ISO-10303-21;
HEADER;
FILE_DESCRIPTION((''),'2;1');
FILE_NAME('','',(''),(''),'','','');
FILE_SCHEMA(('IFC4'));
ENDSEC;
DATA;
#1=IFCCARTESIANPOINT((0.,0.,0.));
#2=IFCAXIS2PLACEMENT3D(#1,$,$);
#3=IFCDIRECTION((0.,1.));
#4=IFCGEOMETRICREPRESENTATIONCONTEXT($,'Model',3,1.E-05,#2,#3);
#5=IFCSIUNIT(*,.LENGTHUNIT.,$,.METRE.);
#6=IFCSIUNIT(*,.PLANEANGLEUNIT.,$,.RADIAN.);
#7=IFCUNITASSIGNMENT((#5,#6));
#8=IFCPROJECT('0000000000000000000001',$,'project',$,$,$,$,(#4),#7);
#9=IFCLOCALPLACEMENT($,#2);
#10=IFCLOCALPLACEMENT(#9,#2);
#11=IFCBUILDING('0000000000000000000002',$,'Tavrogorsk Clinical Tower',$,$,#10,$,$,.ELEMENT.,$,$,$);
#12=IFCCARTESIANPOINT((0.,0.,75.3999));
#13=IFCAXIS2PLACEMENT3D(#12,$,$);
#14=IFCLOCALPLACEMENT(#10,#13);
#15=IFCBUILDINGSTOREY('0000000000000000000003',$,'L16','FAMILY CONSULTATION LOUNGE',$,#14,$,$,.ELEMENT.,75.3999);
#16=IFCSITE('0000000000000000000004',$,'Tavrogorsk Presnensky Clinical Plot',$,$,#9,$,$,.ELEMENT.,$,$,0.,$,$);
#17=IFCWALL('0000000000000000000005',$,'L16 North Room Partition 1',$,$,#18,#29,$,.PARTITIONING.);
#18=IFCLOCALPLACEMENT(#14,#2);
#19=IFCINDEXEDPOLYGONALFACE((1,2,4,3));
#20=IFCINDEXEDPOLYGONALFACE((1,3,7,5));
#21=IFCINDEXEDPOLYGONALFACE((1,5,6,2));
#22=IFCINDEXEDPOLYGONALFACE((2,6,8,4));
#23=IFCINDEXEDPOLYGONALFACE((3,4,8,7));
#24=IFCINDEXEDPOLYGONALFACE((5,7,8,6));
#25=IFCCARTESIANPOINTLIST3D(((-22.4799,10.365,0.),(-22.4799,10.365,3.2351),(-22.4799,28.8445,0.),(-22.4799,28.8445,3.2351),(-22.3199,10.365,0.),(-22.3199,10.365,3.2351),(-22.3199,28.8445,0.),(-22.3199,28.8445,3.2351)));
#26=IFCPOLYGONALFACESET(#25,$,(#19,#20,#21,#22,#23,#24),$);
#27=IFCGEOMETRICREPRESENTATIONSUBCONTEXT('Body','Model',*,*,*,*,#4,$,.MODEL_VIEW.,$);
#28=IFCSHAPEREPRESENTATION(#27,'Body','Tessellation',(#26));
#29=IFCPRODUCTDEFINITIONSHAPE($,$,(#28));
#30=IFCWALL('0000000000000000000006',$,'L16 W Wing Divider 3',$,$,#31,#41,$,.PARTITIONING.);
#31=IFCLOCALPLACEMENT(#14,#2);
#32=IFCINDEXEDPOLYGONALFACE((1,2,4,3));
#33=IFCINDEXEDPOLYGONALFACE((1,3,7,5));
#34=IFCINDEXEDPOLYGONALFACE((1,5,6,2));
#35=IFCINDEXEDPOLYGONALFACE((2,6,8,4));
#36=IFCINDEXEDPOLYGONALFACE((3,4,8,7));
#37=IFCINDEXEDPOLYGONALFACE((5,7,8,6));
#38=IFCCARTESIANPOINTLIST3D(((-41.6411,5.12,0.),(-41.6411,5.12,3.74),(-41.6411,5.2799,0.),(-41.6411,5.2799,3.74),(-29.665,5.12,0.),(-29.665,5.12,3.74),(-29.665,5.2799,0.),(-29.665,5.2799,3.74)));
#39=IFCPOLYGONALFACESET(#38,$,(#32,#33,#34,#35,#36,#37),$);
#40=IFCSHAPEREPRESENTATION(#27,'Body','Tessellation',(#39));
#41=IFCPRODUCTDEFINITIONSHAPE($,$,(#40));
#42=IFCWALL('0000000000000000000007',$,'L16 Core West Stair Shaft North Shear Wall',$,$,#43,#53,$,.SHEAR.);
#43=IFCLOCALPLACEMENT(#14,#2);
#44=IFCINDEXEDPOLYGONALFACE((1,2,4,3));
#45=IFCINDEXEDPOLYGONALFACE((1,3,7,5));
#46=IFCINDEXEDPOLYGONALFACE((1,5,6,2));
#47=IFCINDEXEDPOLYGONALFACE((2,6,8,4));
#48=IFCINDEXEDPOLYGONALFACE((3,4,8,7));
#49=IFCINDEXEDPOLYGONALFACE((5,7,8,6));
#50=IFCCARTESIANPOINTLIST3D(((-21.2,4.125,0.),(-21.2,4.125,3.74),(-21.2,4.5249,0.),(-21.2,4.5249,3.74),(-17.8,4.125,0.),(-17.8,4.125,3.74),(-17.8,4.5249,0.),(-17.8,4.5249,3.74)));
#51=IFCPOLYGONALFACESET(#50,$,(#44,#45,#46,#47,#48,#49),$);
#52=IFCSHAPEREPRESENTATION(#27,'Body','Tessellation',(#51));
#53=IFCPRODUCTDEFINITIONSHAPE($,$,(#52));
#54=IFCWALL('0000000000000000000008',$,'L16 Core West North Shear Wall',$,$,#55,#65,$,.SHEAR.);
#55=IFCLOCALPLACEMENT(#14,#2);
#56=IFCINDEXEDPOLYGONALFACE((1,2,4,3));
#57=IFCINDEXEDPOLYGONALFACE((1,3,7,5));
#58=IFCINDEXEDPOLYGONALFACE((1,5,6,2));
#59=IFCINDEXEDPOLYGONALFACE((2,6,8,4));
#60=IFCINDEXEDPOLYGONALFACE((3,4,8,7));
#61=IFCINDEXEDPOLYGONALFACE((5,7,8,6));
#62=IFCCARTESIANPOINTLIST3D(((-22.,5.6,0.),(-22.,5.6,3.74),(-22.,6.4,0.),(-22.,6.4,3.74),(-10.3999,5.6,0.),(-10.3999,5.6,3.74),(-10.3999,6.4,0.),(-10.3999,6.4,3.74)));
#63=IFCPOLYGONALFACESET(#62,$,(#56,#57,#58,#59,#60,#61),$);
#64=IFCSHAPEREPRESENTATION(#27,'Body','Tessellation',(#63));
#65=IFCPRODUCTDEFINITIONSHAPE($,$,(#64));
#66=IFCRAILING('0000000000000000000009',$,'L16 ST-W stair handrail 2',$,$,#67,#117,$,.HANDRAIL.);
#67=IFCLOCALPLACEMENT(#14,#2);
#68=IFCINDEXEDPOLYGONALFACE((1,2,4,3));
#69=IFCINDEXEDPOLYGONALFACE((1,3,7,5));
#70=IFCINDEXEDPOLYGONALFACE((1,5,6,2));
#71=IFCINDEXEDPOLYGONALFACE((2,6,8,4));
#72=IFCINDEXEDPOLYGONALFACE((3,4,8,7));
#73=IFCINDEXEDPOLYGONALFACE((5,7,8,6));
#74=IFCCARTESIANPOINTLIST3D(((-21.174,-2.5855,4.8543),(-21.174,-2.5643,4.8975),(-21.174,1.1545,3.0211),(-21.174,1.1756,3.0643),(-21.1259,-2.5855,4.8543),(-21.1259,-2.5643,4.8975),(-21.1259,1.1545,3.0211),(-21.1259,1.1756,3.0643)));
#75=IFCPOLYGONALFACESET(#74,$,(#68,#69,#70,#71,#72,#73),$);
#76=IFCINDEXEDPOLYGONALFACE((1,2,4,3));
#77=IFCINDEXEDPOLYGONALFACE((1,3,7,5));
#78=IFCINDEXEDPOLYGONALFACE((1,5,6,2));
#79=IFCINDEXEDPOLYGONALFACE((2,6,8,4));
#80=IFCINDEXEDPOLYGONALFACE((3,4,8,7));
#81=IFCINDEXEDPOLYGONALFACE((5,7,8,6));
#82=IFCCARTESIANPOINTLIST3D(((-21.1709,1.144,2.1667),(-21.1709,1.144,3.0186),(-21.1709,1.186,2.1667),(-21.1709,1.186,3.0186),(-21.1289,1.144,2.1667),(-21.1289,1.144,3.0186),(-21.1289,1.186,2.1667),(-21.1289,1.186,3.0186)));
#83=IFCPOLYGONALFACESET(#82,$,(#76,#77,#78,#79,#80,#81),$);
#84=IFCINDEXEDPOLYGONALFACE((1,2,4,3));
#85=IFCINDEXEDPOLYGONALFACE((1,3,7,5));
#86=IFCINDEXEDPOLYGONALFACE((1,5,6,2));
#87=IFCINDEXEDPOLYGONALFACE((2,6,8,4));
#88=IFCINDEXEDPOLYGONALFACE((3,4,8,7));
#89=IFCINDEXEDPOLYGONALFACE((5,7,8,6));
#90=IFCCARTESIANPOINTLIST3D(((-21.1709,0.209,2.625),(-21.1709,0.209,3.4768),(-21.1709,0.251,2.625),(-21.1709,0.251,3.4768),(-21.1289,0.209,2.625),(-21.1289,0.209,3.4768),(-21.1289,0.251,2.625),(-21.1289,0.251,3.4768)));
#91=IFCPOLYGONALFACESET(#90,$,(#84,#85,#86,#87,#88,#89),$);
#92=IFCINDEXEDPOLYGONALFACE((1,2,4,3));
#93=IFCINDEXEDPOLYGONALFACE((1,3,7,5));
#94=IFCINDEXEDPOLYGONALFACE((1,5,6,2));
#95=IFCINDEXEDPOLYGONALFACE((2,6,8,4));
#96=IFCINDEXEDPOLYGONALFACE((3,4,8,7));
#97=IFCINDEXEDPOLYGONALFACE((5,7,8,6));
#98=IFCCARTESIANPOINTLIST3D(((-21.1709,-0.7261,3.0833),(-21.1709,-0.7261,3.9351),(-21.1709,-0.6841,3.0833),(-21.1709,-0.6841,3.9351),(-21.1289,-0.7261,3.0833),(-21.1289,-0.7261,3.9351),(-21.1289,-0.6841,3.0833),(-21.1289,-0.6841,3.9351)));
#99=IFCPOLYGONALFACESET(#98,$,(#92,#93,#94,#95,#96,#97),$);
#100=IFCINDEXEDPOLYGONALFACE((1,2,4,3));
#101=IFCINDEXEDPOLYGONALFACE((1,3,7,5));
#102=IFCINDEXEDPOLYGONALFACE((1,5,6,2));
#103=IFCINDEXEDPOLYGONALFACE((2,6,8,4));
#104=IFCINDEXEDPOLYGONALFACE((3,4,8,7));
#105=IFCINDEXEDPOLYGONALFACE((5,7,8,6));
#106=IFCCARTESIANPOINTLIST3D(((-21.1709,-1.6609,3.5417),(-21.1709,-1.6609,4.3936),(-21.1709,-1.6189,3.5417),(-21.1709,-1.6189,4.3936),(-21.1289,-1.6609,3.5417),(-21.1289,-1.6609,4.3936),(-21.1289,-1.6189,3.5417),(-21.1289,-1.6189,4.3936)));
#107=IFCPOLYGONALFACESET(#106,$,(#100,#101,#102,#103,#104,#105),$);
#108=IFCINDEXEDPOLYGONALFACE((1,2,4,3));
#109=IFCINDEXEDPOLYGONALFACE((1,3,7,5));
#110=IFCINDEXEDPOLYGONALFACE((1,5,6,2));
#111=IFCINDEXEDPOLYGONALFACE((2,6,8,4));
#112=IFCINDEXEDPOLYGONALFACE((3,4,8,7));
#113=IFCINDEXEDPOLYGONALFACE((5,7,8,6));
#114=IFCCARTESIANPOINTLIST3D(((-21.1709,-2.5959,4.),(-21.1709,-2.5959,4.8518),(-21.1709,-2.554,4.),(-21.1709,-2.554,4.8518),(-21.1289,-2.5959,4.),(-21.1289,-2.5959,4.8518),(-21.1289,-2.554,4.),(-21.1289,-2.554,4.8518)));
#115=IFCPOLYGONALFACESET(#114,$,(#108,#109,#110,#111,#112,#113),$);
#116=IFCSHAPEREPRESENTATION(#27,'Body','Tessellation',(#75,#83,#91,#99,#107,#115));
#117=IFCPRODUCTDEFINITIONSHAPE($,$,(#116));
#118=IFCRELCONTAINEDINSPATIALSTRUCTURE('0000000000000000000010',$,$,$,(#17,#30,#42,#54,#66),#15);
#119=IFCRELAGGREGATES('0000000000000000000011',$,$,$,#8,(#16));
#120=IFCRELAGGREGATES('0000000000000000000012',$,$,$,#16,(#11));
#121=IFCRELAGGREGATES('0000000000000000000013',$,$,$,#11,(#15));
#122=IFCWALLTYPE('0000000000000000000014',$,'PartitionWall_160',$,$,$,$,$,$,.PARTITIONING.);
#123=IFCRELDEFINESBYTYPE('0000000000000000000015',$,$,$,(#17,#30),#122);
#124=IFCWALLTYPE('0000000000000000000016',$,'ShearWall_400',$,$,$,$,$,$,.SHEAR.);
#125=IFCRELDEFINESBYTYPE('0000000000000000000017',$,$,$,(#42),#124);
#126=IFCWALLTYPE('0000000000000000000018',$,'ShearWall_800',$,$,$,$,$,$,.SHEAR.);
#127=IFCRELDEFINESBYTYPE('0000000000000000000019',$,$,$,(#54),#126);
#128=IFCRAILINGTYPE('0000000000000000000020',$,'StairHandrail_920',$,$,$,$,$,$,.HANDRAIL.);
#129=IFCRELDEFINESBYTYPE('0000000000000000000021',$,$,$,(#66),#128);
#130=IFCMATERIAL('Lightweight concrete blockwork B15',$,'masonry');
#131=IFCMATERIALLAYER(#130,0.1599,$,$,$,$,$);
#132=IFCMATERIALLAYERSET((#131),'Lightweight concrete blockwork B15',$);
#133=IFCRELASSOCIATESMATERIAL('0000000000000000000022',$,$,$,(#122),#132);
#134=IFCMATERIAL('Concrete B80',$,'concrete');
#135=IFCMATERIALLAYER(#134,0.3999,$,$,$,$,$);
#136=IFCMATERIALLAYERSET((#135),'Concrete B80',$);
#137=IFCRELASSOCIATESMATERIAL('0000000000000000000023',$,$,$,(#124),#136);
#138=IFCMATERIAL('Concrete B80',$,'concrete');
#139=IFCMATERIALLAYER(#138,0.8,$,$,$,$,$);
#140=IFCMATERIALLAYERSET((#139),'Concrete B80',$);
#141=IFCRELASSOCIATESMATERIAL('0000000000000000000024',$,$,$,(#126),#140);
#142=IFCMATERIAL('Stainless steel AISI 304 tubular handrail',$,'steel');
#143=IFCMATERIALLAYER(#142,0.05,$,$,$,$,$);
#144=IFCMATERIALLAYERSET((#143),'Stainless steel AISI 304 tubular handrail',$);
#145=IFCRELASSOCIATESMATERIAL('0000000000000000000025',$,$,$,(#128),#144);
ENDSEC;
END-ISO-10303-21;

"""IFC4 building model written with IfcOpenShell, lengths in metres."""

from ifc_helpers import new_model, si_unit, direction, frame, frame_2d, origin, origin_2d, place, context, subcontext, project, spatial, rectangle, extrude, material, layer, layer_set, type_object, element, save


model = new_model("IFC4")

# Units and contexts
model_context = context("Model", 3, precision=1e-05, world=origin(), true_north=direction((0.0, 1.0)))
body_context = subcontext(model_context, "Body", "Model", "MODEL_VIEW")
ifc_project = project(units=[si_unit("LENGTHUNIT", "METRE"), si_unit("PLANEANGLEUNIT", "RADIAN")], contexts=[model_context])

# Site, building, storey
site_placement = place(None, origin())
site = spatial("IfcSite", under=ifc_project, at=site_placement, Name="Tavrogorsk Presnensky Clinical Plot", CompositionType="ELEMENT", RefElevation=0.0)
building_placement = place(site_placement, origin())
building = spatial("IfcBuilding", under=site, at=building_placement, Name="Tavrogorsk Clinical Tower", CompositionType="ELEMENT")
storey_placement = place(building_placement, frame((0.0, 0.0, 75.3999)))
storey = spatial("IfcBuildingStorey", under=building, at=storey_placement, Name="L16", Description="FAMILY CONSULTATION LOUNGE", CompositionType="ELEMENT", Elevation=75.3999)

# Shared definitions
ifc_material_1 = material(Name="Lightweight concrete blockwork B15", Category="masonry")
ifc_layer_1 = layer(ifc_material_1, 0.1599)
ifc_layer_set_1 = layer_set([ifc_layer_1], Name="Lightweight concrete blockwork B15")
wall_type_1 = type_object("IfcWallType", Name="PartitionWall_160", PredefinedType="PARTITIONING", material=ifc_layer_set_1)

# Walls
wall_1_placement = place(storey_placement, frame((-22.3999, 10.365, 0.0), z_axis=(0.0, 0.0, 1.0), x_axis=(0.0, 1.0, 0.0)))
element("IfcWall", 1, at=wall_1_placement, inside=storey, type_object=wall_type_1, Name="L16 North Room Partition 1", PredefinedType="PARTITIONING", context=body_context, shape_type="SweptSolid", body=[
    extrude(rectangle(XDim=18.4795, YDim=0.1599, at=frame_2d((9.2397, 0.0))), origin(), (0.0, 0.0, 1.0), 3.2351),
])
wall_2_placement = place(storey_placement, frame((-41.6411, 5.2, 0.0), z_axis=(0.0, 0.0, 1.0), x_axis=(1.0, 0.0, 0.0)))
element("IfcWall", 2, at=wall_2_placement, inside=storey, type_object=wall_type_1, Name="L16 W Wing Divider 3", PredefinedType="PARTITIONING", context=body_context, shape_type="SweptSolid", body=[
    extrude(rectangle(XDim=11.9761, YDim=0.1599, at=frame_2d((5.988, 0.0))), origin(), (0.0, 0.0, 1.0), 3.74),
])
ifc_material_2 = material(Name="Concrete B80", Category="concrete")
ifc_layer_2 = layer(ifc_material_2, 0.3999)
ifc_layer_set_2 = layer_set([ifc_layer_2], Name="Concrete B80")
wall_type_2 = type_object("IfcWallType", Name="ShearWall_400", PredefinedType="SHEAR", material=ifc_layer_set_2)
wall_3_placement = place(storey_placement, frame((-21.2, 4.325, 0.0), z_axis=(0.0, 0.0, 1.0), x_axis=(1.0, 0.0, 0.0)))
element("IfcWall", 3, at=wall_3_placement, inside=storey, type_object=wall_type_2, Name="L16 Core West Stair Shaft North Shear Wall", PredefinedType="SHEAR", context=body_context, shape_type="SweptSolid", body=[
    extrude(rectangle(XDim=3.3999, YDim=0.3999, at=frame_2d((1.7, 0.0))), origin(), (0.0, 0.0, 1.0), 3.74),
])
ifc_material_3 = material(Name="Concrete B80", Category="concrete")
ifc_layer_3 = layer(ifc_material_3, 0.8)
ifc_layer_set_3 = layer_set([ifc_layer_3], Name="Concrete B80")
wall_type_3 = type_object("IfcWallType", Name="ShearWall_800", PredefinedType="SHEAR", material=ifc_layer_set_3)
wall_4_placement = place(storey_placement, frame((-22.0, 6.0, 0.0), z_axis=(0.0, 0.0, 1.0), x_axis=(1.0, 0.0, 0.0)))
element("IfcWall", 4, at=wall_4_placement, inside=storey, type_object=wall_type_3, Name="L16 Core West North Shear Wall", PredefinedType="SHEAR", context=body_context, shape_type="SweptSolid", body=[
    extrude(rectangle(XDim=11.6001, YDim=0.8, at=frame_2d((5.8, 0.0))), origin(), (0.0, 0.0, 1.0), 3.74),
])

# Railing
ifc_material_4 = material(Name="Stainless steel AISI 304 tubular handrail", Category="steel")
ifc_layer_4 = layer(ifc_material_4, 0.05)
ifc_layer_set_4 = layer_set([ifc_layer_4], Name="Stainless steel AISI 304 tubular handrail")
railing_type = type_object("IfcRailingType", Name="StairHandrail_920", PredefinedType="HANDRAIL", material=ifc_layer_set_4)
railing_placement = place(storey_placement, frame((-21.1499, 1.165, 2.1667)))
element("IfcRailing", 5, at=railing_placement, inside=storey, type_object=railing_type, Name="L16 ST-W stair handrail 2", PredefinedType="HANDRAIL", context=body_context, shape_type="SweptSolid", body=[
    extrude(rectangle(XDim=0.0481, YDim=0.0481, at=origin_2d()), frame((0.0, 0.0, 0.876), z_axis=(0.0, -0.897928, 0.440142), x_axis=(1.0, 0.0, 0.0)), (0.0, 0.0, 1.0), 4.165),
    extrude(rectangle(XDim=0.042, YDim=0.042, at=origin_2d()), origin(), (0.0, 0.0, 1.0), 0.8518),
    extrude(rectangle(XDim=0.042, YDim=0.042, at=origin_2d()), frame((0.0, -0.9351, 0.4583)), (0.0, 0.0, 1.0), 0.8518),
    extrude(rectangle(XDim=0.042, YDim=0.042, at=origin_2d()), frame((0.0, -1.8701, 0.9165)), (0.0, 0.0, 1.0), 0.8518),
    extrude(rectangle(XDim=0.042, YDim=0.042, at=origin_2d()), frame((0.0, -2.8049, 1.375)), (0.0, 0.0, 1.0), 0.8518),
    extrude(rectangle(XDim=0.042, YDim=0.042, at=origin_2d()), frame((0.0, -3.74, 1.8333)), (0.0, 0.0, 1.0), 0.8518),
])

save(model, "model.ifc")
